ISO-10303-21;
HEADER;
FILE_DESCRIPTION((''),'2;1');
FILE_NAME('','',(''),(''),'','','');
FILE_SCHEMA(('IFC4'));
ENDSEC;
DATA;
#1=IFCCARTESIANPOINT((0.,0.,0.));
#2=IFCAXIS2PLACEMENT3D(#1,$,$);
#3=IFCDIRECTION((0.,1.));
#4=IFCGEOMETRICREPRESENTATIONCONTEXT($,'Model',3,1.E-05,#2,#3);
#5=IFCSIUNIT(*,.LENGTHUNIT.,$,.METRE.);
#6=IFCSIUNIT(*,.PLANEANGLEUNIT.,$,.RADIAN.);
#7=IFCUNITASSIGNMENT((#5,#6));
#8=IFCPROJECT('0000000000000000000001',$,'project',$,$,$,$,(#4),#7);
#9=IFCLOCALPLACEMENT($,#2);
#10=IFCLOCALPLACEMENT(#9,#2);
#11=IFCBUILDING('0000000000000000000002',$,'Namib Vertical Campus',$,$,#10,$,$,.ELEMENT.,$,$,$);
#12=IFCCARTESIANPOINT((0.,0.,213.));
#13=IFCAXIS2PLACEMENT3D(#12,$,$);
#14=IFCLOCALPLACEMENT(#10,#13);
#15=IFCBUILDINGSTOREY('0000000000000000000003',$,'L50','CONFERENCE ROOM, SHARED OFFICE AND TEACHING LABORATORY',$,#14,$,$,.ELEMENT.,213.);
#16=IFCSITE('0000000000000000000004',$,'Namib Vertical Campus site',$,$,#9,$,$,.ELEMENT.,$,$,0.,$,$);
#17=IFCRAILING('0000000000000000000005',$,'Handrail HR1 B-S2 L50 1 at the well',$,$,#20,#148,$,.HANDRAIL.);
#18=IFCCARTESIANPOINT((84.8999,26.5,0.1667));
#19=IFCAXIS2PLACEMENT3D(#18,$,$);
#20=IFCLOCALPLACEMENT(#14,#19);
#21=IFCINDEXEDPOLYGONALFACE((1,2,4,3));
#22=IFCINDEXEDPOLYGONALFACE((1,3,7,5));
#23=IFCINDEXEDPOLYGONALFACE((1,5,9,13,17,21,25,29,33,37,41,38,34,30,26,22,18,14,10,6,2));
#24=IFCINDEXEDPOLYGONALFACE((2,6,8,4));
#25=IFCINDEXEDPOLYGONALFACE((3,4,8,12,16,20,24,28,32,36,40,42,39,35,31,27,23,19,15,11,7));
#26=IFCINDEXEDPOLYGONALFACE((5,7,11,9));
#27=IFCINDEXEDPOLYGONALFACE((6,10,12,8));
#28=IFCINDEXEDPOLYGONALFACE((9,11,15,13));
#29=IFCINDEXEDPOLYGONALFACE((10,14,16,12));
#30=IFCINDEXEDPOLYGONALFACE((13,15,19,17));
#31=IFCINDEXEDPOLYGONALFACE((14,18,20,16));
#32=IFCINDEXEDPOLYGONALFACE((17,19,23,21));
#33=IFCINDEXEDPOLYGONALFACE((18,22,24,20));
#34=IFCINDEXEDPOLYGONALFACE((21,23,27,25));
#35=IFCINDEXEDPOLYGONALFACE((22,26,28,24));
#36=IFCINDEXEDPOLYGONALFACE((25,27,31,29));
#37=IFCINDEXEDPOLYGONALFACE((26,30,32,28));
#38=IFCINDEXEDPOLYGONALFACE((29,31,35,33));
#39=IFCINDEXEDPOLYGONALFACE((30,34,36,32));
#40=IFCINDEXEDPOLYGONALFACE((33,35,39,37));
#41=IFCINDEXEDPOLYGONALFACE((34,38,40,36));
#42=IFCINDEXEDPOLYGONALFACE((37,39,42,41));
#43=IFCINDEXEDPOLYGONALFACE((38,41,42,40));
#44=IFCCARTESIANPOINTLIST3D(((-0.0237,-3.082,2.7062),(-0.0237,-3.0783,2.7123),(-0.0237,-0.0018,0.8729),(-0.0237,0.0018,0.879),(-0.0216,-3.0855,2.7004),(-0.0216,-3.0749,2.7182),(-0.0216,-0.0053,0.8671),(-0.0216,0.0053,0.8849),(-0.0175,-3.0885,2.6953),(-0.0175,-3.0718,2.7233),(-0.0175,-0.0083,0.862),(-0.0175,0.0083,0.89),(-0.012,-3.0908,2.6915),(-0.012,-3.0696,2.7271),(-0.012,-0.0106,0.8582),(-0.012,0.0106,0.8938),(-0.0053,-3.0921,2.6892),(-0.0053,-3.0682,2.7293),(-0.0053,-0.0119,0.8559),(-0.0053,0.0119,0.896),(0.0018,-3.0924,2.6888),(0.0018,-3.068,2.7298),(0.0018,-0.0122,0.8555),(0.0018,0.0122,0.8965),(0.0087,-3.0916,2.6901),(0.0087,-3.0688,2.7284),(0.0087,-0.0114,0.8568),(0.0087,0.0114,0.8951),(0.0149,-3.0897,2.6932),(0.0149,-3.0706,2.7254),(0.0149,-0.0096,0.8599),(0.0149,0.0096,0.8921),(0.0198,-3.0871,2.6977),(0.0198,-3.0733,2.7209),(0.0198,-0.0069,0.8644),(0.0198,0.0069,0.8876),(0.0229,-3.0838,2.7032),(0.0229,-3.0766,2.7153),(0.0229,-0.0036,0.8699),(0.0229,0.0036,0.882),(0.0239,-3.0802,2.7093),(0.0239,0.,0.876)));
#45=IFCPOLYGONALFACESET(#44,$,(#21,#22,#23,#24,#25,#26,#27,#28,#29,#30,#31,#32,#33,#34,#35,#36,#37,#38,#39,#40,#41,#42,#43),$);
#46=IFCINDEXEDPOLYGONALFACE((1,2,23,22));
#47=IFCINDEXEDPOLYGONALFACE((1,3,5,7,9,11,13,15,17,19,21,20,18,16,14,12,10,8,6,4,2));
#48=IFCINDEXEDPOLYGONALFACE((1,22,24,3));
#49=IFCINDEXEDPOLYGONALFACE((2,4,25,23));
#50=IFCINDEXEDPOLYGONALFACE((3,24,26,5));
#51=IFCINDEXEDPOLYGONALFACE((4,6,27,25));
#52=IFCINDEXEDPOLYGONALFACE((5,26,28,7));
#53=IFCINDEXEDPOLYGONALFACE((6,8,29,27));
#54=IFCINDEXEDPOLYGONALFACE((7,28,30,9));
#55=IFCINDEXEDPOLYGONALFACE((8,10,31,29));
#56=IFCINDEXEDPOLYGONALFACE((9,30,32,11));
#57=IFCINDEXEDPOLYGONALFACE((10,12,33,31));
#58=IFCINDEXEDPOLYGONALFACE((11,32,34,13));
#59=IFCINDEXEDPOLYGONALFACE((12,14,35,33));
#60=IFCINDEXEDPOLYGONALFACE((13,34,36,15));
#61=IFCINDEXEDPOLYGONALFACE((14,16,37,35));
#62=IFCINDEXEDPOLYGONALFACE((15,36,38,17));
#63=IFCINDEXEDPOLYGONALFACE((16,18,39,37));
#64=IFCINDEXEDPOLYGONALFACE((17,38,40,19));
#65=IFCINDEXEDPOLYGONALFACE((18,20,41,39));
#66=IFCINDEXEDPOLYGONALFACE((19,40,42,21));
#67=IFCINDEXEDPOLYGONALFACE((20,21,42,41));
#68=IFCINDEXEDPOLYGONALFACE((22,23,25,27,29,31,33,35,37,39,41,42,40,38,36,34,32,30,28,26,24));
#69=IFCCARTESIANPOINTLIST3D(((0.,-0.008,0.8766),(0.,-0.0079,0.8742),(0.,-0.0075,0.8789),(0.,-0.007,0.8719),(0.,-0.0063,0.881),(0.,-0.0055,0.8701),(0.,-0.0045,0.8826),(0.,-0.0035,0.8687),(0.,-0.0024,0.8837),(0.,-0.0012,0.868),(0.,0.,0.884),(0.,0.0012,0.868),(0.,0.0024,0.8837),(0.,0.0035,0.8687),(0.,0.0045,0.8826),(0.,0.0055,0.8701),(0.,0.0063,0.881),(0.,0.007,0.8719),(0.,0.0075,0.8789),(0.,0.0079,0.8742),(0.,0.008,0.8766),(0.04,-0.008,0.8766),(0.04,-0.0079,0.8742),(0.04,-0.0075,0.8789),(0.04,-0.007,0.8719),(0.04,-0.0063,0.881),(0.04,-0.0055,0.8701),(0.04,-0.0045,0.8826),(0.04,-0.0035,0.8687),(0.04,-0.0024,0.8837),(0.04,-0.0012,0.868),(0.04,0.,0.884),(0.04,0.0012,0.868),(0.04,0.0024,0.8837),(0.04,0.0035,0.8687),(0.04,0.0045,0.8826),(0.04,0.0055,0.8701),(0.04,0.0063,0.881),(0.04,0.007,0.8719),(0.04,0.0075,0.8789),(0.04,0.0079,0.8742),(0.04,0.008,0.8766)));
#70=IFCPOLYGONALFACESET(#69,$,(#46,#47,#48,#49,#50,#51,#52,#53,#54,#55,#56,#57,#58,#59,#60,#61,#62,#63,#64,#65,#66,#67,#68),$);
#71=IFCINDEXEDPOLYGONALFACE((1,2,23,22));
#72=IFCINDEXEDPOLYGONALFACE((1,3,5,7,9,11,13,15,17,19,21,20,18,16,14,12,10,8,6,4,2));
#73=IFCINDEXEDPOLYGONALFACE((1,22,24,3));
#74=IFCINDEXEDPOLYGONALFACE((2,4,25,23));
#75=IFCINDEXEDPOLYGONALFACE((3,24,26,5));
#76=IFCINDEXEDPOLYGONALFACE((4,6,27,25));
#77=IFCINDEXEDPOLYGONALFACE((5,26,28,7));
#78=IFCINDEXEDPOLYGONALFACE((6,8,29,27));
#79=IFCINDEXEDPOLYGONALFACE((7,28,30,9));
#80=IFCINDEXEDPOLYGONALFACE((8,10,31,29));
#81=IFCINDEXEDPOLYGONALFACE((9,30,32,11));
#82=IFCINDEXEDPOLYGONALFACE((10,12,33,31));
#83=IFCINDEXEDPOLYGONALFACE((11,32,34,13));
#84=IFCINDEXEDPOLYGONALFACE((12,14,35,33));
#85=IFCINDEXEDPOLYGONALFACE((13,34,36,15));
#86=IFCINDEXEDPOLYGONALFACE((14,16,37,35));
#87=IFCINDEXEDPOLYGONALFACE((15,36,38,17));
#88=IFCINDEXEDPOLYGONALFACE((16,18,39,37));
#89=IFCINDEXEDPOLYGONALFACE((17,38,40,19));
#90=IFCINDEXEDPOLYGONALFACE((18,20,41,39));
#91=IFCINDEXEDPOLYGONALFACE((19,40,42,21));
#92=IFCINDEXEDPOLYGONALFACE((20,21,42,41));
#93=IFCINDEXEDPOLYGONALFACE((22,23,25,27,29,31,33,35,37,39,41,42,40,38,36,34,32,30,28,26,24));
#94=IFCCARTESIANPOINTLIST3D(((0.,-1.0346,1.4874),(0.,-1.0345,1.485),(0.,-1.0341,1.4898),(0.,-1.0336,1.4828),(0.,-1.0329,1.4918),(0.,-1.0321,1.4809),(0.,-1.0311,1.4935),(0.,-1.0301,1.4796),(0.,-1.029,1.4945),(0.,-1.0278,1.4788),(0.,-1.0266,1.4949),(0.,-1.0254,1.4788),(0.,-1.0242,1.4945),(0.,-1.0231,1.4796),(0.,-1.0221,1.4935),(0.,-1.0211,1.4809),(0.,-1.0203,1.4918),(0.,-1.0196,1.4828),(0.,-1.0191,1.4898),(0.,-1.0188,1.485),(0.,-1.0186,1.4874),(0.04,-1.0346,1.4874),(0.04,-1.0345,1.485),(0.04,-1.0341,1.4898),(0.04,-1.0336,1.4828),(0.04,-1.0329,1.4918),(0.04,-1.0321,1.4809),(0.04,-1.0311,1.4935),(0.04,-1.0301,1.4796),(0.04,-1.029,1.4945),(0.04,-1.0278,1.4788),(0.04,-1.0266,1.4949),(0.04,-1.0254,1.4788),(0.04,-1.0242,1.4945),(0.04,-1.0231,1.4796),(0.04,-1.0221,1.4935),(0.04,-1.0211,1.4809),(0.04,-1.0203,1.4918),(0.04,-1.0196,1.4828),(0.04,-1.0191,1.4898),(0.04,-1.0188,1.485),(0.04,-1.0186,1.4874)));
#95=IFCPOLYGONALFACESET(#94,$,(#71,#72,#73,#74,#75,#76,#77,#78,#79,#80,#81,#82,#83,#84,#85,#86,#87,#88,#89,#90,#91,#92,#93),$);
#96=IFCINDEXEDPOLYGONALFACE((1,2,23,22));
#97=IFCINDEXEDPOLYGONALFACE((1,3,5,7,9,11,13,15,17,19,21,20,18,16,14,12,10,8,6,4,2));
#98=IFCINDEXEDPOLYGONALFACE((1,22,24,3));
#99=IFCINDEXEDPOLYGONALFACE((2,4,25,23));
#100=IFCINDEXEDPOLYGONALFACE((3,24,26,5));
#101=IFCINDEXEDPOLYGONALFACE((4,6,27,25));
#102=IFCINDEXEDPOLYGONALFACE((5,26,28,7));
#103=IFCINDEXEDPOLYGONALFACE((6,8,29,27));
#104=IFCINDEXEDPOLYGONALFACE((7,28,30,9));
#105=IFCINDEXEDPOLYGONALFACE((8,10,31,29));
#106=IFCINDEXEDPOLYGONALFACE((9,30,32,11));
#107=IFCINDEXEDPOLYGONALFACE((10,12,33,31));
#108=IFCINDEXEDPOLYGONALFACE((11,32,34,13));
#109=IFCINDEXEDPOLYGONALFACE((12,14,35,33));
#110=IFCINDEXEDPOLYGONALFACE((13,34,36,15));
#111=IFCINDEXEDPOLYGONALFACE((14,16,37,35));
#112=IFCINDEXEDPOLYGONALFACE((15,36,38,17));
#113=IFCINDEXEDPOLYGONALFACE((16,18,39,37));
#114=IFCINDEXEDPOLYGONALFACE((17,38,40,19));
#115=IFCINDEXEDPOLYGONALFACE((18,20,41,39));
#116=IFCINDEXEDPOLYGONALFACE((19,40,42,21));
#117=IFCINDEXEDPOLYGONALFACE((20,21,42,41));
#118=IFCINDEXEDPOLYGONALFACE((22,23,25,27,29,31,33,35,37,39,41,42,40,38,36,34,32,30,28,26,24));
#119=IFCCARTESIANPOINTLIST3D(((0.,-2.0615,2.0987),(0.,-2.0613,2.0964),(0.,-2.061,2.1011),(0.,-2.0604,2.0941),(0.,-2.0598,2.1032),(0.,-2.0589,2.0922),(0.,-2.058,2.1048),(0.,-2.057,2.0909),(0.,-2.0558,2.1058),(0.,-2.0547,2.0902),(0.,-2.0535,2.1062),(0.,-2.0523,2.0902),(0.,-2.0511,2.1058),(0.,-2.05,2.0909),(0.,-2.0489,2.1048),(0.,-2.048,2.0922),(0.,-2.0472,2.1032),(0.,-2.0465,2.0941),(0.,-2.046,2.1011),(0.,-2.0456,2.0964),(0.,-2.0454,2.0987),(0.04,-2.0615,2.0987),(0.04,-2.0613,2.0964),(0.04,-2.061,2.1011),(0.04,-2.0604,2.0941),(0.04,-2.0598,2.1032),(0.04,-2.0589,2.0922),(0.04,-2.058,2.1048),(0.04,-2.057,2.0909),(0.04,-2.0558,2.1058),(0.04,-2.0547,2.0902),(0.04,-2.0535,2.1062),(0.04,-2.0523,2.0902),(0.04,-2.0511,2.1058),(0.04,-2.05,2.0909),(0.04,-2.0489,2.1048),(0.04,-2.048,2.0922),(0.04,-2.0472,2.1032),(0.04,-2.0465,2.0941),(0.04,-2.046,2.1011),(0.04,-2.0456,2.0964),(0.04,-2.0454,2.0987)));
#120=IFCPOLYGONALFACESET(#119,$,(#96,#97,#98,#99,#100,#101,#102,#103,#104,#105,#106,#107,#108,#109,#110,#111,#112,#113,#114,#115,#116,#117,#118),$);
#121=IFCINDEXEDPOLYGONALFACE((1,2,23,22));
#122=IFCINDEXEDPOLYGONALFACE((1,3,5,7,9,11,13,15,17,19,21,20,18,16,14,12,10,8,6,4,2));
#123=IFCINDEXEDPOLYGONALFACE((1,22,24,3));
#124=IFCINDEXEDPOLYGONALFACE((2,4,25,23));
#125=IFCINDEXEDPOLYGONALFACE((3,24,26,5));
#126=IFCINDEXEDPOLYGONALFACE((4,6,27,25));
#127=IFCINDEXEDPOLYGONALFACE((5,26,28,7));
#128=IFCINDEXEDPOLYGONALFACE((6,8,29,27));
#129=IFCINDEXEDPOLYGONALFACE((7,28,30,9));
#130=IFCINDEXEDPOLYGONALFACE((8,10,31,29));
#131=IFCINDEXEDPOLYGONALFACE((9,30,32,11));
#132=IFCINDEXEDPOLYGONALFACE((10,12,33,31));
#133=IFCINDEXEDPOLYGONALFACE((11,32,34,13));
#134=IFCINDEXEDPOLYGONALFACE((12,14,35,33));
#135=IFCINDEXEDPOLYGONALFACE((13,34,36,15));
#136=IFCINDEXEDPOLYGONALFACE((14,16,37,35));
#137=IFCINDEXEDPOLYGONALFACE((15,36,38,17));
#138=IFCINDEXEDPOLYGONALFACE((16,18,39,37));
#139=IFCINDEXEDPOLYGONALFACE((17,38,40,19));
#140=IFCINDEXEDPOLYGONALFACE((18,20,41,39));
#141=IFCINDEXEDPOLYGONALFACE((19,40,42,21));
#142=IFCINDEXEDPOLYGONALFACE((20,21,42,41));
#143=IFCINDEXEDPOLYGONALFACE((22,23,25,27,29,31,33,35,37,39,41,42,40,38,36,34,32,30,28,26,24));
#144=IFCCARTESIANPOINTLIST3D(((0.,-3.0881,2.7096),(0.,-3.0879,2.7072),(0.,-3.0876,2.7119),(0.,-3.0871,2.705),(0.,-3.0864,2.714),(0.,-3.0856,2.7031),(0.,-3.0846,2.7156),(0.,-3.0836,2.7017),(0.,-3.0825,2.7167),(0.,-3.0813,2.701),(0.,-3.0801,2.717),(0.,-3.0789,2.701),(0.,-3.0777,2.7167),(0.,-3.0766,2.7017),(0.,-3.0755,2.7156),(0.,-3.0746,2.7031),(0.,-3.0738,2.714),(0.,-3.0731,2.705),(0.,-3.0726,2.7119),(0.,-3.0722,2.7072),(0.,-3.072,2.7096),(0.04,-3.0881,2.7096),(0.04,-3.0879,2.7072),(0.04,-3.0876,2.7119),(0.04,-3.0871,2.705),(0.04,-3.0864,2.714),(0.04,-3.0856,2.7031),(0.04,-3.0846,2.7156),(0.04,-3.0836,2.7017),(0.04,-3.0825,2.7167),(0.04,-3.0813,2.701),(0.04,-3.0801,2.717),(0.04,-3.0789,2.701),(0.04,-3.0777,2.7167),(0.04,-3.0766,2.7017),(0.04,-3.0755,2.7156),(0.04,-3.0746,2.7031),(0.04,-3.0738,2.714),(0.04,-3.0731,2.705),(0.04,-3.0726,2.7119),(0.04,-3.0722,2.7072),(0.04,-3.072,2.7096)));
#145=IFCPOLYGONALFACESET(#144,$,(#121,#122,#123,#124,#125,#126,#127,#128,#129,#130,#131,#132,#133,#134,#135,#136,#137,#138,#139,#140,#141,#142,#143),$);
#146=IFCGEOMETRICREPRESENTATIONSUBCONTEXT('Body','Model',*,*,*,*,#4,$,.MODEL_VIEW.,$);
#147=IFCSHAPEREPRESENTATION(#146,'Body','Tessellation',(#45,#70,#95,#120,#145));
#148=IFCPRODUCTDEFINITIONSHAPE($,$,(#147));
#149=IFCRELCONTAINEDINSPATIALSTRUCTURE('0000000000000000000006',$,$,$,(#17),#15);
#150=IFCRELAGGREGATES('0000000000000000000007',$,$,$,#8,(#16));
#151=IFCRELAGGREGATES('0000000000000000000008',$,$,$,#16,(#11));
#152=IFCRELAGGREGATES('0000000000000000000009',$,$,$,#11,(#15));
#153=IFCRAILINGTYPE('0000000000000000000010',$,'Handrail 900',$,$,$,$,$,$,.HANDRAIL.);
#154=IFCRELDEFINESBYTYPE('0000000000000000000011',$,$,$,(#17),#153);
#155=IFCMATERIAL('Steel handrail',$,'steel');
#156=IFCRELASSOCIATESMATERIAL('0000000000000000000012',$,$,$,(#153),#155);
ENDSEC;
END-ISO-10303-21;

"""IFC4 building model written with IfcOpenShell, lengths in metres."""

from ifc_helpers import new_model, si_unit, direction, frame, origin, origin_2d, place, context, subcontext, project, spatial, circle, extrude, material, type_object, element, save


model = new_model("IFC4")

# Units and contexts
model_context = context("Model", 3, precision=1e-05, world=origin(), true_north=direction((0.0, 1.0)))
body_context = subcontext(model_context, "Body", "Model", "MODEL_VIEW")
ifc_project = project(units=[si_unit("LENGTHUNIT", "METRE"), si_unit("PLANEANGLEUNIT", "RADIAN")], contexts=[model_context])

# Site, building, storey
site_placement = place(None, origin())
site = spatial("IfcSite", under=ifc_project, at=site_placement, Name="Namib Vertical Campus site", CompositionType="ELEMENT", RefElevation=0.0)
building_placement = place(site_placement, origin())
building = spatial("IfcBuilding", under=site, at=building_placement, Name="Namib Vertical Campus", CompositionType="ELEMENT")
storey_placement = place(building_placement, frame((0.0, 0.0, 213.0)))
storey = spatial("IfcBuildingStorey", under=building, at=storey_placement, Name="L50", Description="CONFERENCE ROOM, SHARED OFFICE AND TEACHING LABORATORY", CompositionType="ELEMENT", Elevation=213.0)

# Railing
ifc_material_1 = material(Name="Steel handrail", Category="steel")
railing_type_1 = type_object("IfcRailingType", Name="Handrail 900", PredefinedType="HANDRAIL", material=ifc_material_1)
railing_1_placement = place(storey_placement, frame((84.8999, 26.5, 0.1667)))
element("IfcRailing", 1, at=railing_1_placement, inside=storey, type_object=railing_type_1, Name="Handrail HR1 B-S2 L50 1 at the well", PredefinedType="HANDRAIL", context=body_context, shape_type="SweptSolid", body=[
    extrude(circle(Radius=0.0239, at=origin_2d()), frame((0.0, 0.0, 0.876), z_axis=(0.0, -0.859309, 0.511458), x_axis=(1.0, 0.0, 0.0)), (0.0, 0.0, 1.0), 3.5845),
    extrude(circle(Radius=0.0081, at=origin_2d()), frame((0.0, 0.0, 0.876), z_axis=(1.0, 0.0, 0.0), x_axis=(0.0, 0.0, 1.0)), (0.0, 0.0, 1.0), 0.04),
    extrude(circle(Radius=0.0081, at=origin_2d()), frame((0.0, -1.0266, 1.4868), z_axis=(1.0, 0.0, 0.0), x_axis=(0.0, 0.0, 1.0)), (0.0, 0.0, 1.0), 0.04),
    extrude(circle(Radius=0.0081, at=origin_2d()), frame((0.0, -2.0535, 2.0981), z_axis=(1.0, 0.0, 0.0), x_axis=(0.0, 0.0, 1.0)), (0.0, 0.0, 1.0), 0.04),
    extrude(circle(Radius=0.0081, at=origin_2d()), frame((0.0, -3.0801, 2.709), z_axis=(1.0, 0.0, 0.0), x_axis=(0.0, 0.0, 1.0)), (0.0, 0.0, 1.0), 0.04),
])

save(model, "model.ifc")
